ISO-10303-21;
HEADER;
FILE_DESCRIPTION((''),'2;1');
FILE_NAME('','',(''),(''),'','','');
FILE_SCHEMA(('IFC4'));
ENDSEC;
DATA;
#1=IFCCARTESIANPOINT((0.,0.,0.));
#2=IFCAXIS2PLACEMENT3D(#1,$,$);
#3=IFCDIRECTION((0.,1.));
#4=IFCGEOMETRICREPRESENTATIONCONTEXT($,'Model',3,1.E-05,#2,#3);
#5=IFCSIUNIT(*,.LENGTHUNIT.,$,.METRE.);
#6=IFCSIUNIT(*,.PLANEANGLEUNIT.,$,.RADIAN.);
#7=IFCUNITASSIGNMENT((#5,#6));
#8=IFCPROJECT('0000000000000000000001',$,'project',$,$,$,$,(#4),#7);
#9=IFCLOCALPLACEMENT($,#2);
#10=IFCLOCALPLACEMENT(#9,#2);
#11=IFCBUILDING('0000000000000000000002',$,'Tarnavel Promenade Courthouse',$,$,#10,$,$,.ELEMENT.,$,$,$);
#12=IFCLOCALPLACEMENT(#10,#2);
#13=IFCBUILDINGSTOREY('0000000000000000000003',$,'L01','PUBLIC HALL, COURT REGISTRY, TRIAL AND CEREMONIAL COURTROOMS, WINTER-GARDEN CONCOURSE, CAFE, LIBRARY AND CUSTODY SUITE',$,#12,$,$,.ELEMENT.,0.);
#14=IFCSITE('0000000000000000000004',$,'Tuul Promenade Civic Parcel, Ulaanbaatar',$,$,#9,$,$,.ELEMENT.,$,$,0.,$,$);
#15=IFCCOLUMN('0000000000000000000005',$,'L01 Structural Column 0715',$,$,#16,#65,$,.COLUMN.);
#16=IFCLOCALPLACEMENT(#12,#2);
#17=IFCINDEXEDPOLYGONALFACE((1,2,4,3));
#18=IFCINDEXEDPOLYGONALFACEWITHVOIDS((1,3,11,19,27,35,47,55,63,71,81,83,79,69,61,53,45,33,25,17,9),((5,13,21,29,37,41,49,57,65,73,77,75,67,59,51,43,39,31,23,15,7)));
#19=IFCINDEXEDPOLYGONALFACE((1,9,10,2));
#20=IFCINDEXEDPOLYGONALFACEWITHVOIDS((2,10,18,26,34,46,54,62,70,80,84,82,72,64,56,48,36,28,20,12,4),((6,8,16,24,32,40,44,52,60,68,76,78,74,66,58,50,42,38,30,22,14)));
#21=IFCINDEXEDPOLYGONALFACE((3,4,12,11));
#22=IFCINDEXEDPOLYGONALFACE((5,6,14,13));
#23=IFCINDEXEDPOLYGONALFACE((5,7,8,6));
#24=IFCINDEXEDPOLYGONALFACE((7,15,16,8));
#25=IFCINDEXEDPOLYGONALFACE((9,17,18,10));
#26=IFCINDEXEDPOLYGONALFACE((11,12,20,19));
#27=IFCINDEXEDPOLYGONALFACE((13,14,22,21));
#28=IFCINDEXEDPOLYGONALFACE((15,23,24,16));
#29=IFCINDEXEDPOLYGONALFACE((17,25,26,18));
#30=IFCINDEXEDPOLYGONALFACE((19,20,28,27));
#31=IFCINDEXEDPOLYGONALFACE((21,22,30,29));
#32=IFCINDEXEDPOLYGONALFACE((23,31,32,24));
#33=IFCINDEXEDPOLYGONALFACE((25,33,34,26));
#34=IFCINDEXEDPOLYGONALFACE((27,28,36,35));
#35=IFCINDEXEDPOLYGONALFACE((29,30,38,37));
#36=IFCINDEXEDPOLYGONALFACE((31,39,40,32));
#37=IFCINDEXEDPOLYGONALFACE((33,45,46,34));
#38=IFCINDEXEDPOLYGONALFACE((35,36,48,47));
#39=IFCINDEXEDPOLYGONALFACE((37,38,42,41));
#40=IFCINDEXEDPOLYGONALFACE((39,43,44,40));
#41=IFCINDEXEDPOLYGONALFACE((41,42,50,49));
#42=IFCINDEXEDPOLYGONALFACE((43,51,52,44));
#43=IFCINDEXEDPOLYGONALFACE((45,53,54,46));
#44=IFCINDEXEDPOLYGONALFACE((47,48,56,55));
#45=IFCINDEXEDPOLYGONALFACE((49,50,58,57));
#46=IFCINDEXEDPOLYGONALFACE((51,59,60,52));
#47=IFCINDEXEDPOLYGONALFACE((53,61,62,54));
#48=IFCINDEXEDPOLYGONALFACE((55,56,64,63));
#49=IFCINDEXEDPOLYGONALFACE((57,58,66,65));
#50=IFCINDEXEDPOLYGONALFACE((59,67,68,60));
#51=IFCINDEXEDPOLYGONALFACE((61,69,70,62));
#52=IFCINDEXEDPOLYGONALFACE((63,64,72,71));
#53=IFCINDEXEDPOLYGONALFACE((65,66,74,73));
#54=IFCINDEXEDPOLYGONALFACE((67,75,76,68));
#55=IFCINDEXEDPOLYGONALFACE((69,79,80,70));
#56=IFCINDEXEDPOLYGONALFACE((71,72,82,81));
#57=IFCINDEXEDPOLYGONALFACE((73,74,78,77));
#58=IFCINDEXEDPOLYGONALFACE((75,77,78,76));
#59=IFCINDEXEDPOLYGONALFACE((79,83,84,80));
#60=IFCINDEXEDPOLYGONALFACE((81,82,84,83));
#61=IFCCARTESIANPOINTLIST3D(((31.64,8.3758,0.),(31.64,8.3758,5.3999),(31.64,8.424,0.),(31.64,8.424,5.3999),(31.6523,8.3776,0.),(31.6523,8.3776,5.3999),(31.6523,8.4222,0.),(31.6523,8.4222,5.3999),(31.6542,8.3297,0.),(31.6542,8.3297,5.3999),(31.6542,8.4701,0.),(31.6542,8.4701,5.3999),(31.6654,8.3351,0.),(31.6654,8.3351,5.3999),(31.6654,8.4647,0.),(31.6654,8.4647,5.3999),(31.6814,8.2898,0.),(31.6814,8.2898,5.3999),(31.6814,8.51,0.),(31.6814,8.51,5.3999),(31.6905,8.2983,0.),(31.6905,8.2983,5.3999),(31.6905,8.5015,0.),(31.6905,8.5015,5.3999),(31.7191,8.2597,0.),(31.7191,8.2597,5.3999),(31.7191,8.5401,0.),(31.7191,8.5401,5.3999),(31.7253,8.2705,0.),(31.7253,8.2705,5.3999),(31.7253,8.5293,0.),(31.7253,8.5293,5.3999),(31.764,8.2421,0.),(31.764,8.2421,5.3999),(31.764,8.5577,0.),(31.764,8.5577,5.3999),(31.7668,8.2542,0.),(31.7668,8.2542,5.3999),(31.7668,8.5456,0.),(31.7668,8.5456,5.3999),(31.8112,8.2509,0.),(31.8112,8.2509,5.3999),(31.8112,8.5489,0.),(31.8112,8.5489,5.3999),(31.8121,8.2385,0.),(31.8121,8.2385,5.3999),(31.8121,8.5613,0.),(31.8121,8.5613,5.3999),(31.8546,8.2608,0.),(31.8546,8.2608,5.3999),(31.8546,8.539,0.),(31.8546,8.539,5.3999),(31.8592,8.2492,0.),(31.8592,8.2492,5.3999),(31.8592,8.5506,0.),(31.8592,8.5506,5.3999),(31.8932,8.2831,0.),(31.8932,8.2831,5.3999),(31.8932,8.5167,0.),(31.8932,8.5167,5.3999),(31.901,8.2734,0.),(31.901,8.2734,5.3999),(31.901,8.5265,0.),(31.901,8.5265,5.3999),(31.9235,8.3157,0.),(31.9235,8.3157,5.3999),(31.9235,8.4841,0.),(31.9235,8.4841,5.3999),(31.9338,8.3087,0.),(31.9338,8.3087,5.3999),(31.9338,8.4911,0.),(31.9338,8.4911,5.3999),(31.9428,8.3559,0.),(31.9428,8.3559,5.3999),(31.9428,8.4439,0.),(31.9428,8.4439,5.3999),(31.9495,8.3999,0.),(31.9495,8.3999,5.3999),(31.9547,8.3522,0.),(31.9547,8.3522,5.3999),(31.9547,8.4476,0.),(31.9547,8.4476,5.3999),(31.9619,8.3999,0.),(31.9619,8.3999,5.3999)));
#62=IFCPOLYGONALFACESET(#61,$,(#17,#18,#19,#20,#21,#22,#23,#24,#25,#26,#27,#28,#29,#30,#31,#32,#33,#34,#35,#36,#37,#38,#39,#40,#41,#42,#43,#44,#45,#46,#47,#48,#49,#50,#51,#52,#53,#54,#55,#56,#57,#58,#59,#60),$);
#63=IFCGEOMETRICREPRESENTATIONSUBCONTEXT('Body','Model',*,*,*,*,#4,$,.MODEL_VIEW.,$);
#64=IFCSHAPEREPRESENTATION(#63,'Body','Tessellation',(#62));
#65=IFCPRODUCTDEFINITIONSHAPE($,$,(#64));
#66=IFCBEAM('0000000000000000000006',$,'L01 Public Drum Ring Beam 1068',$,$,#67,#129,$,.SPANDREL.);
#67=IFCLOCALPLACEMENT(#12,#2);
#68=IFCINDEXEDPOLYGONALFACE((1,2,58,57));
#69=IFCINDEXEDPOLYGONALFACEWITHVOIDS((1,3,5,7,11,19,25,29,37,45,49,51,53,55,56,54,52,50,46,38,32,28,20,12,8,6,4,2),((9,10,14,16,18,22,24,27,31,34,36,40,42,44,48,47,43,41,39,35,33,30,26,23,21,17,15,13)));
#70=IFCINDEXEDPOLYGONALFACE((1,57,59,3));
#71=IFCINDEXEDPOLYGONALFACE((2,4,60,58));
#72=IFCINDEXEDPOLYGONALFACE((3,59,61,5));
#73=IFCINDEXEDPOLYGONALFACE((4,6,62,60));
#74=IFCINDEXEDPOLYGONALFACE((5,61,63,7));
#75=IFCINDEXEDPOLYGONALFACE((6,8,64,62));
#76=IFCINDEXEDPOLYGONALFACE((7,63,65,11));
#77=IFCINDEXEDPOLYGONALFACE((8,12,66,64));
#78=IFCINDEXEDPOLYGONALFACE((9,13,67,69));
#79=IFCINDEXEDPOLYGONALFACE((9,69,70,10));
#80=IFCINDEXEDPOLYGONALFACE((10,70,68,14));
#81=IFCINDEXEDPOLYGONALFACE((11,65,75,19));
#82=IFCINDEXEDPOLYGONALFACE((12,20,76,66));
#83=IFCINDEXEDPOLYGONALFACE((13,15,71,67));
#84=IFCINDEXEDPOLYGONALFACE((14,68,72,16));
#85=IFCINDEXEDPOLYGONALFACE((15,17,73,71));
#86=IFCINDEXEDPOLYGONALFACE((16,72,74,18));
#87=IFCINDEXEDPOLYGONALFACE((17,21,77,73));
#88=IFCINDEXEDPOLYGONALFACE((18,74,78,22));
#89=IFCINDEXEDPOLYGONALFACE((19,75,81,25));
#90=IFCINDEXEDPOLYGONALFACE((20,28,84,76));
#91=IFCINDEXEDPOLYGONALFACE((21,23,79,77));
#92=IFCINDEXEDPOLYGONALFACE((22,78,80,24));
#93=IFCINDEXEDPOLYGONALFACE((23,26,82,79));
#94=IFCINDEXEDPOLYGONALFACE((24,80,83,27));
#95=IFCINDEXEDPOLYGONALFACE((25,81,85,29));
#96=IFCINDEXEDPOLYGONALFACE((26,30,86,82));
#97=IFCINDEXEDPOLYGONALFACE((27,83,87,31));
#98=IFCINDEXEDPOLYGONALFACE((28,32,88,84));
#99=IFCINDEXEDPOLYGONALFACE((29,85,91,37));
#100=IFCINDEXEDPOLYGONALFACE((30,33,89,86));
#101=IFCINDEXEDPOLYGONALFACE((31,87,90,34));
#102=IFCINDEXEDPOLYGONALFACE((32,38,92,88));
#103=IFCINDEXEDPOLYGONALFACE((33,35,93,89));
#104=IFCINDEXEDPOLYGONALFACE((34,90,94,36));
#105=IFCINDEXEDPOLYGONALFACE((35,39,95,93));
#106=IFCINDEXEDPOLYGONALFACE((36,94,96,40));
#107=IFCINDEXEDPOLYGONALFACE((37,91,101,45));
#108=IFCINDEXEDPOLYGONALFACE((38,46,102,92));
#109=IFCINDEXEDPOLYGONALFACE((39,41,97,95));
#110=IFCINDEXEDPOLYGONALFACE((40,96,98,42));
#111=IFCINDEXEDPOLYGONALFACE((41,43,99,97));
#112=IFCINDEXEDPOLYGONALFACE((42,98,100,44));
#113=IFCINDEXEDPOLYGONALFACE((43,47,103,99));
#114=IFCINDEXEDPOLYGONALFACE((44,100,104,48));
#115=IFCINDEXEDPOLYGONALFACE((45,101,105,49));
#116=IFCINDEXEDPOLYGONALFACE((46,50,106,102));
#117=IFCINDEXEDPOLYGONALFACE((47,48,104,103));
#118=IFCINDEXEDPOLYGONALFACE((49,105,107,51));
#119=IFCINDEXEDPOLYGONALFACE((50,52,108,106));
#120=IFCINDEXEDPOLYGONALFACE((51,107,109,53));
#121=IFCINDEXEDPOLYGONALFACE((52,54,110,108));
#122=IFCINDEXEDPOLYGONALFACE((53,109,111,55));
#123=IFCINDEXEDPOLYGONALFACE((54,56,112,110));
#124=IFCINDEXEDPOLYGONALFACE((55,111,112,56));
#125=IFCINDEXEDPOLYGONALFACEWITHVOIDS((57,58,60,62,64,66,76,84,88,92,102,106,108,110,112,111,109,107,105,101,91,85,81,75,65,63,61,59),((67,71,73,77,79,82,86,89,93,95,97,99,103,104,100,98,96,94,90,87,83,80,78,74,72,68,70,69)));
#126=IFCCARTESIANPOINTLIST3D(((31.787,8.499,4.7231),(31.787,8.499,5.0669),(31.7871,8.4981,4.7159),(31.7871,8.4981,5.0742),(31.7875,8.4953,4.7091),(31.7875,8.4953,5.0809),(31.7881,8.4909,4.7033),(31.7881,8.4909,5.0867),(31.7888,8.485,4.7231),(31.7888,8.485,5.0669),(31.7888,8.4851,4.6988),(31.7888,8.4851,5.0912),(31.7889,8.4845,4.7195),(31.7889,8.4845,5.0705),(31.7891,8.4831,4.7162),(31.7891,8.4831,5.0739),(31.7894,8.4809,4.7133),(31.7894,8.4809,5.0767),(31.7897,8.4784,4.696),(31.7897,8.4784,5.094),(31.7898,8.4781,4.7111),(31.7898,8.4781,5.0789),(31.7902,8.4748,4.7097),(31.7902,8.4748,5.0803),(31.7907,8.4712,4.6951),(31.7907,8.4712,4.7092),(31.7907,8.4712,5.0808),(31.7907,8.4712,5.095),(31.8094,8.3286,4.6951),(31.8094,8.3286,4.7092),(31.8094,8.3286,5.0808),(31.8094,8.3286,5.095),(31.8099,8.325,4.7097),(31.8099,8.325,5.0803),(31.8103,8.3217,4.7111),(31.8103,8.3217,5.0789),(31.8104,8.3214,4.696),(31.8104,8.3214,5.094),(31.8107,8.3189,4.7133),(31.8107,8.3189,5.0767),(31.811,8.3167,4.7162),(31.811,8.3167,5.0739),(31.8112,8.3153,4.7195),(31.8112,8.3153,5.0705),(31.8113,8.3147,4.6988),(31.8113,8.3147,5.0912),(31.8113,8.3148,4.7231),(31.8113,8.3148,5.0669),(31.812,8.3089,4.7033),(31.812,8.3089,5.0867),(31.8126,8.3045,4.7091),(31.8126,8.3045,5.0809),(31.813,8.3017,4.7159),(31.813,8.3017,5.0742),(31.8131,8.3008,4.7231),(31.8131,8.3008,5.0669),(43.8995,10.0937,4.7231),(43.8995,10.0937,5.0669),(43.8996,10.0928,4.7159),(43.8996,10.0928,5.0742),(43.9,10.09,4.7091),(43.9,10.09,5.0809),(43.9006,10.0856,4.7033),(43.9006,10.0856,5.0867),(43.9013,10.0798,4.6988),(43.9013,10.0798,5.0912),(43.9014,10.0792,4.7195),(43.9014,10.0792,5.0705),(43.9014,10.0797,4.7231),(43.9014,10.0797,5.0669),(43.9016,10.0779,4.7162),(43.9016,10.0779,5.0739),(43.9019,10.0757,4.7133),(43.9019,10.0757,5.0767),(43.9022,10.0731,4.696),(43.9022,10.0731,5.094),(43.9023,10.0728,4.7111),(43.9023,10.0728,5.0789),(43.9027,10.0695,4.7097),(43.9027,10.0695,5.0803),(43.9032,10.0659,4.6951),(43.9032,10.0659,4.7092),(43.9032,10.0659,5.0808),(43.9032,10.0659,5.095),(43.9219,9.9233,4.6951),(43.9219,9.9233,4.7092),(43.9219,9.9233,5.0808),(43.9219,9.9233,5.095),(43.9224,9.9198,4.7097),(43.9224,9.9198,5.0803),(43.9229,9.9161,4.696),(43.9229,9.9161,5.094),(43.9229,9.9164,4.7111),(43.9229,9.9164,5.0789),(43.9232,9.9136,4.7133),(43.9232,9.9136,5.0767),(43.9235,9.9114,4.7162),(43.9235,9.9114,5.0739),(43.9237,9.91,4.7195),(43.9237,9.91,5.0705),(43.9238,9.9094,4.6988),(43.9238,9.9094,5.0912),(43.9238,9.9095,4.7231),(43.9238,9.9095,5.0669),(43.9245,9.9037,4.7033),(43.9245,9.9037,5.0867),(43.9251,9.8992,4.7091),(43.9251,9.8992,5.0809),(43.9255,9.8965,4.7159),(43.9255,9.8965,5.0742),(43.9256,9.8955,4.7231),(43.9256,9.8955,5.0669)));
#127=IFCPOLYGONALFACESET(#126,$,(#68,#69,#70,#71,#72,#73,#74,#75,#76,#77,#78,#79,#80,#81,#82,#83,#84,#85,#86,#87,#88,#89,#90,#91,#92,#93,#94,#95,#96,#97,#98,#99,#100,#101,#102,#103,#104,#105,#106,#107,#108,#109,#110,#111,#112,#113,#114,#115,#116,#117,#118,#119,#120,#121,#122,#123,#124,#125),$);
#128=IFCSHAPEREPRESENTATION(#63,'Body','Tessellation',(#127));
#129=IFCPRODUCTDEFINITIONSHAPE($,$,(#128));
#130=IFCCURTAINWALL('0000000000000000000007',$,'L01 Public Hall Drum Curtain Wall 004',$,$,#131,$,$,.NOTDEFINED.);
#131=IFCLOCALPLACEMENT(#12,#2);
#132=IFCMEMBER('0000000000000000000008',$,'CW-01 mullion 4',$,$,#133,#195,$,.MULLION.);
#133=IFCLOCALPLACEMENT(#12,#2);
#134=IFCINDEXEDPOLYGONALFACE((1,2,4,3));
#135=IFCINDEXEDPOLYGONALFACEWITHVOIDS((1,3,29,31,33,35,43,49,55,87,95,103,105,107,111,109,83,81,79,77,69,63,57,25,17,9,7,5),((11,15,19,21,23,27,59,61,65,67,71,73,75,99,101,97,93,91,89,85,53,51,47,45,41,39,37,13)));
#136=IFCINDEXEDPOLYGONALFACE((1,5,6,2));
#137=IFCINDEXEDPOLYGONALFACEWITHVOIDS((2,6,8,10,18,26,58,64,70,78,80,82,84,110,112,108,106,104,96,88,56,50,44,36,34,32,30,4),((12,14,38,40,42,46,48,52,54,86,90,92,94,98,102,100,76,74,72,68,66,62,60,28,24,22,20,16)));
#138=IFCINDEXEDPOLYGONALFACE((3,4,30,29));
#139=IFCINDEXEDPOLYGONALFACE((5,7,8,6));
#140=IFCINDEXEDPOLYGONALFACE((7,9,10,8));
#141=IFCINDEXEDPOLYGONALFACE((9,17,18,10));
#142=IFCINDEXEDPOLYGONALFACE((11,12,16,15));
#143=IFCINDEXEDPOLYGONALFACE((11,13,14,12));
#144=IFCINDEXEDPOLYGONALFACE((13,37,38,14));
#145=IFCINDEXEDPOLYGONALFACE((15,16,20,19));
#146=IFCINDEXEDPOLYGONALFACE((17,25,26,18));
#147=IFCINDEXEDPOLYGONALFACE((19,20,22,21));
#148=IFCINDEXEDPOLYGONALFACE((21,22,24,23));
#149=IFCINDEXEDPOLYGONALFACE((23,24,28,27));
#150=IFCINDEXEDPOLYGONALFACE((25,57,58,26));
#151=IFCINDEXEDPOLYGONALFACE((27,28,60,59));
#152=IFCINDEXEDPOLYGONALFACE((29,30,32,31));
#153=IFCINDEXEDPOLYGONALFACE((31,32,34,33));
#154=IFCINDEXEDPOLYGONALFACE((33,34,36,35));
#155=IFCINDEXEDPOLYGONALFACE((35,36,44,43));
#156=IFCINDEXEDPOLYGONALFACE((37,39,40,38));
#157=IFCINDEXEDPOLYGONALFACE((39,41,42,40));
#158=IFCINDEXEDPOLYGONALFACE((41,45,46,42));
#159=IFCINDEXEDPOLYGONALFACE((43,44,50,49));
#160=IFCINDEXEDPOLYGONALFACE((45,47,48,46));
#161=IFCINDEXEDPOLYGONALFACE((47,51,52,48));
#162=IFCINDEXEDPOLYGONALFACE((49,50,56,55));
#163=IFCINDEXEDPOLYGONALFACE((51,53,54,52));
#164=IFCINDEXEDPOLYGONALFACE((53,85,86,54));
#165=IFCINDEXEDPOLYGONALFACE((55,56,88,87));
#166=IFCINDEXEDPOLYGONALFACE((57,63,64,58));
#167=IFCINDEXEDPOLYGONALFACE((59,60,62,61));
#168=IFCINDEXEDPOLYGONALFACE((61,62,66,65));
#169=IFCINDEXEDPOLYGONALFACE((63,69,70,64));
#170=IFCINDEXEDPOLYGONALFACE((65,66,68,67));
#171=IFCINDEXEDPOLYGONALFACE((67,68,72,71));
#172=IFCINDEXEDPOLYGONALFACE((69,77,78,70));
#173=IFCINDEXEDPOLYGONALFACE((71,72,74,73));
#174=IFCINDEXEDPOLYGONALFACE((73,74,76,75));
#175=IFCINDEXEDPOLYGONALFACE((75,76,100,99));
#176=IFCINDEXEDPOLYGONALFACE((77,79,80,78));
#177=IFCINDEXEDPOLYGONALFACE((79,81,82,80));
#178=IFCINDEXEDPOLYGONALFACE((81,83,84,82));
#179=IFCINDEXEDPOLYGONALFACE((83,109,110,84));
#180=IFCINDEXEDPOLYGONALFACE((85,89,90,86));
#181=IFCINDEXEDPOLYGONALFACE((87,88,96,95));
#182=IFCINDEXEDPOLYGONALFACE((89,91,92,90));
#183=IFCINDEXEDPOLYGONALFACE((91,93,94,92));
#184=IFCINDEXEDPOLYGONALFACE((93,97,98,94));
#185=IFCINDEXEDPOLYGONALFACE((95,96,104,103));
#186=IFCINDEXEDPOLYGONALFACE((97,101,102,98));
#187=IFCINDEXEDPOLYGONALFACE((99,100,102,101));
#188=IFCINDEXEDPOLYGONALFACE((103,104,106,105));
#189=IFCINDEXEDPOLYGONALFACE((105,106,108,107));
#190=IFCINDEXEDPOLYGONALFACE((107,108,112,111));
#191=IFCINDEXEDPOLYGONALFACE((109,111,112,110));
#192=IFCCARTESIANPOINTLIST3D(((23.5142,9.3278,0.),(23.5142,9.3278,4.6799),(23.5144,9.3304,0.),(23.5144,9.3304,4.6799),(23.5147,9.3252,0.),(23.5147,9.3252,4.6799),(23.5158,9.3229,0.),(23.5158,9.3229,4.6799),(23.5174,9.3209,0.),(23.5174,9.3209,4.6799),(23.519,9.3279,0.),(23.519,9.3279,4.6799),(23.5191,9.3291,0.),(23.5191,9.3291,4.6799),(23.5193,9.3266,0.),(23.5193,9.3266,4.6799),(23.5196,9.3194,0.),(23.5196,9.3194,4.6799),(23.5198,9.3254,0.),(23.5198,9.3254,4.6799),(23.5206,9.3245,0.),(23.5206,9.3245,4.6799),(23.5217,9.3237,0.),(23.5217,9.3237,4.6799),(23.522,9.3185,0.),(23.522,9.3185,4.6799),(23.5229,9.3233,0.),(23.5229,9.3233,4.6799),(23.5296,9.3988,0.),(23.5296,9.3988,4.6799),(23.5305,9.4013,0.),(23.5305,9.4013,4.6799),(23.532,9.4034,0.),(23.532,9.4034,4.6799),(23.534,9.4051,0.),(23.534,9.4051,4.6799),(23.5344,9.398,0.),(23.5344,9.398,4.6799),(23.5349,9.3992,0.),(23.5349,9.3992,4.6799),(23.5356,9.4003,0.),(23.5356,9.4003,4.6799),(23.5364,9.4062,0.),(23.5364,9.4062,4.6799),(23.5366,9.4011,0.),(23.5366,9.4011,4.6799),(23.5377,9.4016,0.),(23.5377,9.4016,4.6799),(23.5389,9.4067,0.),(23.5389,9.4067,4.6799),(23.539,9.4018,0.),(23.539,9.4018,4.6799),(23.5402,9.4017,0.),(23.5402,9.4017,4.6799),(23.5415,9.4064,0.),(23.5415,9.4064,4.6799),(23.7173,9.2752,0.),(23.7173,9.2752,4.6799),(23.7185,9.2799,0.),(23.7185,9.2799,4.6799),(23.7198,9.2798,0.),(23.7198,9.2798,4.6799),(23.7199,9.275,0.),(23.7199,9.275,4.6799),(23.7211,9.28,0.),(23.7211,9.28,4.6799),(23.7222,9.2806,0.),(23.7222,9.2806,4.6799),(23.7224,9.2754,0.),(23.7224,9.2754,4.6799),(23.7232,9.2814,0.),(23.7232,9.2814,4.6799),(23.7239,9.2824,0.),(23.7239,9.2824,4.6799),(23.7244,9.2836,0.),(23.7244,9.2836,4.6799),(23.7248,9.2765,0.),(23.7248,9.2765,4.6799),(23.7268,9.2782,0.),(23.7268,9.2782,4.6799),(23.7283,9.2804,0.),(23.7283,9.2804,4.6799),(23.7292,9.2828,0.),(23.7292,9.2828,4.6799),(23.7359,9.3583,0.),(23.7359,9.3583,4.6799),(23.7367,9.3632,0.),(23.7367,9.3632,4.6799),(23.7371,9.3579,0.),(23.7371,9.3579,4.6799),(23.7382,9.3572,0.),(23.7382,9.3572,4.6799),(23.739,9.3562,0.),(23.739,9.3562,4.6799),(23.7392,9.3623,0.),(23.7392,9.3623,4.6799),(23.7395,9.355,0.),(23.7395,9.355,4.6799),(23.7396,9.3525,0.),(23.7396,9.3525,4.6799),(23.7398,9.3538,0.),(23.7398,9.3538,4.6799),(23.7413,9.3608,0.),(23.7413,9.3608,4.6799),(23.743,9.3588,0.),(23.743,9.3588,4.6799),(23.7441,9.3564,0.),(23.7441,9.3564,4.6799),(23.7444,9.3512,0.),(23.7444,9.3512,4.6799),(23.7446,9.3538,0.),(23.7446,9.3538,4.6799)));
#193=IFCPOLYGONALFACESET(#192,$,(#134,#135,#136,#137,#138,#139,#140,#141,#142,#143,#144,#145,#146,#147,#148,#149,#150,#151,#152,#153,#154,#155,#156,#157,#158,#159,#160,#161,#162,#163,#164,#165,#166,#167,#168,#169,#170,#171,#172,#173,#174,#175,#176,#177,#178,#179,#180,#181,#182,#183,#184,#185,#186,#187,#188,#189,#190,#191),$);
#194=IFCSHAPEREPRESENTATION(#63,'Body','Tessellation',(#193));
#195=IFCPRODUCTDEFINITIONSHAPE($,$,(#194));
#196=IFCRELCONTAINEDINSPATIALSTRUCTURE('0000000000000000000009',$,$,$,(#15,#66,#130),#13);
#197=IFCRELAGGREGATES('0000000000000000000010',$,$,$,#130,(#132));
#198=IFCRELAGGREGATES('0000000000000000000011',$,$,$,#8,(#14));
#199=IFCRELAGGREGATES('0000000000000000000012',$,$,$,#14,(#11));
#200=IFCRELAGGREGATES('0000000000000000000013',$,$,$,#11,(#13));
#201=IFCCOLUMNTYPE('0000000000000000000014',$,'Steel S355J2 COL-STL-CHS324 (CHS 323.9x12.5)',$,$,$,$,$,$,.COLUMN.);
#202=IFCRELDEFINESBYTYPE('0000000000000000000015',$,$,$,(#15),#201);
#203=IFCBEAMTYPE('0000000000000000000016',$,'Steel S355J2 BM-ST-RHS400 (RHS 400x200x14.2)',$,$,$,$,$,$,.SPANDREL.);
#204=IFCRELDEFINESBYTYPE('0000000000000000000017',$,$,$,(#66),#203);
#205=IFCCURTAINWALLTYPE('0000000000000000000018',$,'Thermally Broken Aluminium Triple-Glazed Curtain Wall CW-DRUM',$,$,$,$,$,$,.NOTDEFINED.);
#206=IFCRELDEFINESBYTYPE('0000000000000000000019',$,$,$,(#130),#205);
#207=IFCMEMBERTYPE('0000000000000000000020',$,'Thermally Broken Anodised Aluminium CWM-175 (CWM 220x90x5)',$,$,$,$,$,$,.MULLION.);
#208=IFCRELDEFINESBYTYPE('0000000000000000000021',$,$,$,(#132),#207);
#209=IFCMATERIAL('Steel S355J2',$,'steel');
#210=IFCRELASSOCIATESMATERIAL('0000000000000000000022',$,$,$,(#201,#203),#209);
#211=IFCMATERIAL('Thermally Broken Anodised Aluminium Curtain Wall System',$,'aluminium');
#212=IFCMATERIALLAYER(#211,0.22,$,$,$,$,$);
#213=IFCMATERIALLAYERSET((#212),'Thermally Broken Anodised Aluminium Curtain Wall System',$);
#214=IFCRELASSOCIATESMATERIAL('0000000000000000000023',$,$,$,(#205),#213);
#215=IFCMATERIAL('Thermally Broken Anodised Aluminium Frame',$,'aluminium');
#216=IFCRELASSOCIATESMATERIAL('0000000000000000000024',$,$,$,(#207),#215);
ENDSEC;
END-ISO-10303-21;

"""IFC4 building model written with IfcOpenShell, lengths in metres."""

from ifc_helpers import new_model, si_unit, direction, frame, origin, origin_2d, place, context, subcontext, project, spatial, hollow_rectangle, hollow_circle, extrude, material, layer, layer_set, material_profile, profile_set, type_object, element, aggregate, save


model = new_model("IFC4")

# Units and contexts
model_context = context("Model", 3, precision=1e-05, world=origin(), true_north=direction((0.0, 1.0)))
body_context = subcontext(model_context, "Body", "Model", "MODEL_VIEW")
ifc_project = project(units=[si_unit("LENGTHUNIT", "METRE"), si_unit("PLANEANGLEUNIT", "RADIAN")], contexts=[model_context])

# Site, building, storey
site_placement = place(None, origin())
site = spatial("IfcSite", under=ifc_project, at=site_placement, Name="Tuul Promenade Civic Parcel, Ulaanbaatar", CompositionType="ELEMENT", RefElevation=0.0)
building_placement = place(site_placement, origin())
building = spatial("IfcBuilding", under=site, at=building_placement, Name="Tarnavel Promenade Courthouse", CompositionType="ELEMENT")
storey_placement = place(building_placement, origin())
storey = spatial("IfcBuildingStorey", under=building, at=storey_placement, Name="L01", Description="PUBLIC HALL, COURT REGISTRY, TRIAL AND CEREMONIAL COURTROOMS, WINTER-GARDEN CONCOURSE, CAFE, LIBRARY AND CUSTODY SUITE", CompositionType="ELEMENT", Elevation=0.0)

# Column
ifc_material_1 = material(Name="Steel S355J2", Category="steel")
ifc_material_profile_1 = material_profile(ifc_material_1, hollow_circle(Radius=0.1619, WallThickness=0.0125, at=origin_2d()), Name="CHS 323.9x12.5")
ifc_profile_set_1 = profile_set([ifc_material_profile_1], Name="Steel S355J2")
column_type = type_object("IfcColumnType", Name="Steel S355J2 COL-STL-CHS324 (CHS 323.9x12.5)", PredefinedType="COLUMN", material=ifc_profile_set_1)
column_placement = place(storey_placement, frame((31.8, 8.3999, 0.0), z_axis=(0.0, 0.0, 1.0), x_axis=(1.0, 0.0, 0.0)))
element("IfcColumn", 1, at=column_placement, inside=storey, type_object=column_type, Name="L01 Structural Column 0715", PredefinedType="COLUMN", context=body_context, shape_type="SweptSolid", body=[
    extrude(hollow_circle(Radius=0.1619, WallThickness=0.0125, at=origin_2d()), origin(), (0.0, 0.0, 1.0), 5.3999),
])

# Beam
ifc_material_profile_2 = material_profile(ifc_material_1, hollow_rectangle(XDim=0.2, YDim=0.3999, WallThickness=0.0142, InnerFilletRadius=0.0139, OuterFilletRadius=0.0281, at=origin_2d()), Name="RHS 400x200x14.2")
ifc_profile_set_2 = profile_set([ifc_material_profile_2], Name="Steel S355J2")
beam_type = type_object("IfcBeamType", Name="Steel S355J2 BM-ST-RHS400 (RHS 400x200x14.2)", PredefinedType="SPANDREL", material=ifc_profile_set_2)
beam_placement = place(storey_placement, frame((31.8, 8.3999, 4.895), z_axis=(0.991444, 0.130533, 0.0), x_axis=(-0.130533, 0.991444, 0.0)))
element("IfcBeam", 2, at=beam_placement, inside=storey, type_object=beam_type, Name="L01 Public Drum Ring Beam 1068", PredefinedType="SPANDREL", context=body_context, shape_type="SweptSolid", body=[
    extrude(hollow_rectangle(XDim=0.2, YDim=0.3999, WallThickness=0.0142, InnerFilletRadius=0.0139, OuterFilletRadius=0.0281, at=origin_2d()), origin(), (0.0, 0.0, 1.0), 12.217),
])

# Curtain wall, member
ifc_material_2 = material(Name="Thermally Broken Anodised Aluminium Curtain Wall System", Category="aluminium")
ifc_layer_1 = layer(ifc_material_2, 0.22)
ifc_layer_set_1 = layer_set([ifc_layer_1], Name="Thermally Broken Anodised Aluminium Curtain Wall System")
curtain_wall_type = type_object("IfcCurtainWallType", Name="Thermally Broken Aluminium Triple-Glazed Curtain Wall CW-DRUM", PredefinedType="NOTDEFINED", material=ifc_layer_set_1)
curtain_wall_placement = place(storey_placement, origin())
curtain_wall = element("IfcCurtainWall", 3, at=curtain_wall_placement, inside=storey, type_object=curtain_wall_type, Name="L01 Public Hall Drum Curtain Wall 004", PredefinedType="NOTDEFINED")
ifc_material_3 = material(Name="Thermally Broken Anodised Aluminium Frame", Category="aluminium")
ifc_material_profile_3 = material_profile(ifc_material_3, hollow_rectangle(XDim=0.0901, YDim=0.22, WallThickness=0.0049, InnerFilletRadius=0.0049, OuterFilletRadius=0.01, at=origin_2d()), Name="CWM 220x90x5")
ifc_profile_set_3 = profile_set([ifc_material_profile_3], Name="Thermally Broken Anodised Aluminium Frame")
member_type = type_object("IfcMemberType", Name="Thermally Broken Anodised Aluminium CWM-175 (CWM 220x90x5)", PredefinedType="MULLION", material=ifc_profile_set_3)
member_placement = place(storey_placement, frame((23.6294, 9.3408, 0.0), z_axis=(0.0, 0.0, 1.0), x_axis=(0.21644, 0.976296, 0.0)))
member = element("IfcMember", 4, at=member_placement, type_object=member_type, Name="CW-01 mullion 4", PredefinedType="MULLION", context=body_context, shape_type="SweptSolid", body=[
    extrude(hollow_rectangle(XDim=0.0901, YDim=0.22, WallThickness=0.0049, InnerFilletRadius=0.0049, OuterFilletRadius=0.01, at=origin_2d()), origin(), (0.0, 0.0, 1.0), 4.6799),
])
aggregate(curtain_wall, [member])

save(model, "model.ifc")
